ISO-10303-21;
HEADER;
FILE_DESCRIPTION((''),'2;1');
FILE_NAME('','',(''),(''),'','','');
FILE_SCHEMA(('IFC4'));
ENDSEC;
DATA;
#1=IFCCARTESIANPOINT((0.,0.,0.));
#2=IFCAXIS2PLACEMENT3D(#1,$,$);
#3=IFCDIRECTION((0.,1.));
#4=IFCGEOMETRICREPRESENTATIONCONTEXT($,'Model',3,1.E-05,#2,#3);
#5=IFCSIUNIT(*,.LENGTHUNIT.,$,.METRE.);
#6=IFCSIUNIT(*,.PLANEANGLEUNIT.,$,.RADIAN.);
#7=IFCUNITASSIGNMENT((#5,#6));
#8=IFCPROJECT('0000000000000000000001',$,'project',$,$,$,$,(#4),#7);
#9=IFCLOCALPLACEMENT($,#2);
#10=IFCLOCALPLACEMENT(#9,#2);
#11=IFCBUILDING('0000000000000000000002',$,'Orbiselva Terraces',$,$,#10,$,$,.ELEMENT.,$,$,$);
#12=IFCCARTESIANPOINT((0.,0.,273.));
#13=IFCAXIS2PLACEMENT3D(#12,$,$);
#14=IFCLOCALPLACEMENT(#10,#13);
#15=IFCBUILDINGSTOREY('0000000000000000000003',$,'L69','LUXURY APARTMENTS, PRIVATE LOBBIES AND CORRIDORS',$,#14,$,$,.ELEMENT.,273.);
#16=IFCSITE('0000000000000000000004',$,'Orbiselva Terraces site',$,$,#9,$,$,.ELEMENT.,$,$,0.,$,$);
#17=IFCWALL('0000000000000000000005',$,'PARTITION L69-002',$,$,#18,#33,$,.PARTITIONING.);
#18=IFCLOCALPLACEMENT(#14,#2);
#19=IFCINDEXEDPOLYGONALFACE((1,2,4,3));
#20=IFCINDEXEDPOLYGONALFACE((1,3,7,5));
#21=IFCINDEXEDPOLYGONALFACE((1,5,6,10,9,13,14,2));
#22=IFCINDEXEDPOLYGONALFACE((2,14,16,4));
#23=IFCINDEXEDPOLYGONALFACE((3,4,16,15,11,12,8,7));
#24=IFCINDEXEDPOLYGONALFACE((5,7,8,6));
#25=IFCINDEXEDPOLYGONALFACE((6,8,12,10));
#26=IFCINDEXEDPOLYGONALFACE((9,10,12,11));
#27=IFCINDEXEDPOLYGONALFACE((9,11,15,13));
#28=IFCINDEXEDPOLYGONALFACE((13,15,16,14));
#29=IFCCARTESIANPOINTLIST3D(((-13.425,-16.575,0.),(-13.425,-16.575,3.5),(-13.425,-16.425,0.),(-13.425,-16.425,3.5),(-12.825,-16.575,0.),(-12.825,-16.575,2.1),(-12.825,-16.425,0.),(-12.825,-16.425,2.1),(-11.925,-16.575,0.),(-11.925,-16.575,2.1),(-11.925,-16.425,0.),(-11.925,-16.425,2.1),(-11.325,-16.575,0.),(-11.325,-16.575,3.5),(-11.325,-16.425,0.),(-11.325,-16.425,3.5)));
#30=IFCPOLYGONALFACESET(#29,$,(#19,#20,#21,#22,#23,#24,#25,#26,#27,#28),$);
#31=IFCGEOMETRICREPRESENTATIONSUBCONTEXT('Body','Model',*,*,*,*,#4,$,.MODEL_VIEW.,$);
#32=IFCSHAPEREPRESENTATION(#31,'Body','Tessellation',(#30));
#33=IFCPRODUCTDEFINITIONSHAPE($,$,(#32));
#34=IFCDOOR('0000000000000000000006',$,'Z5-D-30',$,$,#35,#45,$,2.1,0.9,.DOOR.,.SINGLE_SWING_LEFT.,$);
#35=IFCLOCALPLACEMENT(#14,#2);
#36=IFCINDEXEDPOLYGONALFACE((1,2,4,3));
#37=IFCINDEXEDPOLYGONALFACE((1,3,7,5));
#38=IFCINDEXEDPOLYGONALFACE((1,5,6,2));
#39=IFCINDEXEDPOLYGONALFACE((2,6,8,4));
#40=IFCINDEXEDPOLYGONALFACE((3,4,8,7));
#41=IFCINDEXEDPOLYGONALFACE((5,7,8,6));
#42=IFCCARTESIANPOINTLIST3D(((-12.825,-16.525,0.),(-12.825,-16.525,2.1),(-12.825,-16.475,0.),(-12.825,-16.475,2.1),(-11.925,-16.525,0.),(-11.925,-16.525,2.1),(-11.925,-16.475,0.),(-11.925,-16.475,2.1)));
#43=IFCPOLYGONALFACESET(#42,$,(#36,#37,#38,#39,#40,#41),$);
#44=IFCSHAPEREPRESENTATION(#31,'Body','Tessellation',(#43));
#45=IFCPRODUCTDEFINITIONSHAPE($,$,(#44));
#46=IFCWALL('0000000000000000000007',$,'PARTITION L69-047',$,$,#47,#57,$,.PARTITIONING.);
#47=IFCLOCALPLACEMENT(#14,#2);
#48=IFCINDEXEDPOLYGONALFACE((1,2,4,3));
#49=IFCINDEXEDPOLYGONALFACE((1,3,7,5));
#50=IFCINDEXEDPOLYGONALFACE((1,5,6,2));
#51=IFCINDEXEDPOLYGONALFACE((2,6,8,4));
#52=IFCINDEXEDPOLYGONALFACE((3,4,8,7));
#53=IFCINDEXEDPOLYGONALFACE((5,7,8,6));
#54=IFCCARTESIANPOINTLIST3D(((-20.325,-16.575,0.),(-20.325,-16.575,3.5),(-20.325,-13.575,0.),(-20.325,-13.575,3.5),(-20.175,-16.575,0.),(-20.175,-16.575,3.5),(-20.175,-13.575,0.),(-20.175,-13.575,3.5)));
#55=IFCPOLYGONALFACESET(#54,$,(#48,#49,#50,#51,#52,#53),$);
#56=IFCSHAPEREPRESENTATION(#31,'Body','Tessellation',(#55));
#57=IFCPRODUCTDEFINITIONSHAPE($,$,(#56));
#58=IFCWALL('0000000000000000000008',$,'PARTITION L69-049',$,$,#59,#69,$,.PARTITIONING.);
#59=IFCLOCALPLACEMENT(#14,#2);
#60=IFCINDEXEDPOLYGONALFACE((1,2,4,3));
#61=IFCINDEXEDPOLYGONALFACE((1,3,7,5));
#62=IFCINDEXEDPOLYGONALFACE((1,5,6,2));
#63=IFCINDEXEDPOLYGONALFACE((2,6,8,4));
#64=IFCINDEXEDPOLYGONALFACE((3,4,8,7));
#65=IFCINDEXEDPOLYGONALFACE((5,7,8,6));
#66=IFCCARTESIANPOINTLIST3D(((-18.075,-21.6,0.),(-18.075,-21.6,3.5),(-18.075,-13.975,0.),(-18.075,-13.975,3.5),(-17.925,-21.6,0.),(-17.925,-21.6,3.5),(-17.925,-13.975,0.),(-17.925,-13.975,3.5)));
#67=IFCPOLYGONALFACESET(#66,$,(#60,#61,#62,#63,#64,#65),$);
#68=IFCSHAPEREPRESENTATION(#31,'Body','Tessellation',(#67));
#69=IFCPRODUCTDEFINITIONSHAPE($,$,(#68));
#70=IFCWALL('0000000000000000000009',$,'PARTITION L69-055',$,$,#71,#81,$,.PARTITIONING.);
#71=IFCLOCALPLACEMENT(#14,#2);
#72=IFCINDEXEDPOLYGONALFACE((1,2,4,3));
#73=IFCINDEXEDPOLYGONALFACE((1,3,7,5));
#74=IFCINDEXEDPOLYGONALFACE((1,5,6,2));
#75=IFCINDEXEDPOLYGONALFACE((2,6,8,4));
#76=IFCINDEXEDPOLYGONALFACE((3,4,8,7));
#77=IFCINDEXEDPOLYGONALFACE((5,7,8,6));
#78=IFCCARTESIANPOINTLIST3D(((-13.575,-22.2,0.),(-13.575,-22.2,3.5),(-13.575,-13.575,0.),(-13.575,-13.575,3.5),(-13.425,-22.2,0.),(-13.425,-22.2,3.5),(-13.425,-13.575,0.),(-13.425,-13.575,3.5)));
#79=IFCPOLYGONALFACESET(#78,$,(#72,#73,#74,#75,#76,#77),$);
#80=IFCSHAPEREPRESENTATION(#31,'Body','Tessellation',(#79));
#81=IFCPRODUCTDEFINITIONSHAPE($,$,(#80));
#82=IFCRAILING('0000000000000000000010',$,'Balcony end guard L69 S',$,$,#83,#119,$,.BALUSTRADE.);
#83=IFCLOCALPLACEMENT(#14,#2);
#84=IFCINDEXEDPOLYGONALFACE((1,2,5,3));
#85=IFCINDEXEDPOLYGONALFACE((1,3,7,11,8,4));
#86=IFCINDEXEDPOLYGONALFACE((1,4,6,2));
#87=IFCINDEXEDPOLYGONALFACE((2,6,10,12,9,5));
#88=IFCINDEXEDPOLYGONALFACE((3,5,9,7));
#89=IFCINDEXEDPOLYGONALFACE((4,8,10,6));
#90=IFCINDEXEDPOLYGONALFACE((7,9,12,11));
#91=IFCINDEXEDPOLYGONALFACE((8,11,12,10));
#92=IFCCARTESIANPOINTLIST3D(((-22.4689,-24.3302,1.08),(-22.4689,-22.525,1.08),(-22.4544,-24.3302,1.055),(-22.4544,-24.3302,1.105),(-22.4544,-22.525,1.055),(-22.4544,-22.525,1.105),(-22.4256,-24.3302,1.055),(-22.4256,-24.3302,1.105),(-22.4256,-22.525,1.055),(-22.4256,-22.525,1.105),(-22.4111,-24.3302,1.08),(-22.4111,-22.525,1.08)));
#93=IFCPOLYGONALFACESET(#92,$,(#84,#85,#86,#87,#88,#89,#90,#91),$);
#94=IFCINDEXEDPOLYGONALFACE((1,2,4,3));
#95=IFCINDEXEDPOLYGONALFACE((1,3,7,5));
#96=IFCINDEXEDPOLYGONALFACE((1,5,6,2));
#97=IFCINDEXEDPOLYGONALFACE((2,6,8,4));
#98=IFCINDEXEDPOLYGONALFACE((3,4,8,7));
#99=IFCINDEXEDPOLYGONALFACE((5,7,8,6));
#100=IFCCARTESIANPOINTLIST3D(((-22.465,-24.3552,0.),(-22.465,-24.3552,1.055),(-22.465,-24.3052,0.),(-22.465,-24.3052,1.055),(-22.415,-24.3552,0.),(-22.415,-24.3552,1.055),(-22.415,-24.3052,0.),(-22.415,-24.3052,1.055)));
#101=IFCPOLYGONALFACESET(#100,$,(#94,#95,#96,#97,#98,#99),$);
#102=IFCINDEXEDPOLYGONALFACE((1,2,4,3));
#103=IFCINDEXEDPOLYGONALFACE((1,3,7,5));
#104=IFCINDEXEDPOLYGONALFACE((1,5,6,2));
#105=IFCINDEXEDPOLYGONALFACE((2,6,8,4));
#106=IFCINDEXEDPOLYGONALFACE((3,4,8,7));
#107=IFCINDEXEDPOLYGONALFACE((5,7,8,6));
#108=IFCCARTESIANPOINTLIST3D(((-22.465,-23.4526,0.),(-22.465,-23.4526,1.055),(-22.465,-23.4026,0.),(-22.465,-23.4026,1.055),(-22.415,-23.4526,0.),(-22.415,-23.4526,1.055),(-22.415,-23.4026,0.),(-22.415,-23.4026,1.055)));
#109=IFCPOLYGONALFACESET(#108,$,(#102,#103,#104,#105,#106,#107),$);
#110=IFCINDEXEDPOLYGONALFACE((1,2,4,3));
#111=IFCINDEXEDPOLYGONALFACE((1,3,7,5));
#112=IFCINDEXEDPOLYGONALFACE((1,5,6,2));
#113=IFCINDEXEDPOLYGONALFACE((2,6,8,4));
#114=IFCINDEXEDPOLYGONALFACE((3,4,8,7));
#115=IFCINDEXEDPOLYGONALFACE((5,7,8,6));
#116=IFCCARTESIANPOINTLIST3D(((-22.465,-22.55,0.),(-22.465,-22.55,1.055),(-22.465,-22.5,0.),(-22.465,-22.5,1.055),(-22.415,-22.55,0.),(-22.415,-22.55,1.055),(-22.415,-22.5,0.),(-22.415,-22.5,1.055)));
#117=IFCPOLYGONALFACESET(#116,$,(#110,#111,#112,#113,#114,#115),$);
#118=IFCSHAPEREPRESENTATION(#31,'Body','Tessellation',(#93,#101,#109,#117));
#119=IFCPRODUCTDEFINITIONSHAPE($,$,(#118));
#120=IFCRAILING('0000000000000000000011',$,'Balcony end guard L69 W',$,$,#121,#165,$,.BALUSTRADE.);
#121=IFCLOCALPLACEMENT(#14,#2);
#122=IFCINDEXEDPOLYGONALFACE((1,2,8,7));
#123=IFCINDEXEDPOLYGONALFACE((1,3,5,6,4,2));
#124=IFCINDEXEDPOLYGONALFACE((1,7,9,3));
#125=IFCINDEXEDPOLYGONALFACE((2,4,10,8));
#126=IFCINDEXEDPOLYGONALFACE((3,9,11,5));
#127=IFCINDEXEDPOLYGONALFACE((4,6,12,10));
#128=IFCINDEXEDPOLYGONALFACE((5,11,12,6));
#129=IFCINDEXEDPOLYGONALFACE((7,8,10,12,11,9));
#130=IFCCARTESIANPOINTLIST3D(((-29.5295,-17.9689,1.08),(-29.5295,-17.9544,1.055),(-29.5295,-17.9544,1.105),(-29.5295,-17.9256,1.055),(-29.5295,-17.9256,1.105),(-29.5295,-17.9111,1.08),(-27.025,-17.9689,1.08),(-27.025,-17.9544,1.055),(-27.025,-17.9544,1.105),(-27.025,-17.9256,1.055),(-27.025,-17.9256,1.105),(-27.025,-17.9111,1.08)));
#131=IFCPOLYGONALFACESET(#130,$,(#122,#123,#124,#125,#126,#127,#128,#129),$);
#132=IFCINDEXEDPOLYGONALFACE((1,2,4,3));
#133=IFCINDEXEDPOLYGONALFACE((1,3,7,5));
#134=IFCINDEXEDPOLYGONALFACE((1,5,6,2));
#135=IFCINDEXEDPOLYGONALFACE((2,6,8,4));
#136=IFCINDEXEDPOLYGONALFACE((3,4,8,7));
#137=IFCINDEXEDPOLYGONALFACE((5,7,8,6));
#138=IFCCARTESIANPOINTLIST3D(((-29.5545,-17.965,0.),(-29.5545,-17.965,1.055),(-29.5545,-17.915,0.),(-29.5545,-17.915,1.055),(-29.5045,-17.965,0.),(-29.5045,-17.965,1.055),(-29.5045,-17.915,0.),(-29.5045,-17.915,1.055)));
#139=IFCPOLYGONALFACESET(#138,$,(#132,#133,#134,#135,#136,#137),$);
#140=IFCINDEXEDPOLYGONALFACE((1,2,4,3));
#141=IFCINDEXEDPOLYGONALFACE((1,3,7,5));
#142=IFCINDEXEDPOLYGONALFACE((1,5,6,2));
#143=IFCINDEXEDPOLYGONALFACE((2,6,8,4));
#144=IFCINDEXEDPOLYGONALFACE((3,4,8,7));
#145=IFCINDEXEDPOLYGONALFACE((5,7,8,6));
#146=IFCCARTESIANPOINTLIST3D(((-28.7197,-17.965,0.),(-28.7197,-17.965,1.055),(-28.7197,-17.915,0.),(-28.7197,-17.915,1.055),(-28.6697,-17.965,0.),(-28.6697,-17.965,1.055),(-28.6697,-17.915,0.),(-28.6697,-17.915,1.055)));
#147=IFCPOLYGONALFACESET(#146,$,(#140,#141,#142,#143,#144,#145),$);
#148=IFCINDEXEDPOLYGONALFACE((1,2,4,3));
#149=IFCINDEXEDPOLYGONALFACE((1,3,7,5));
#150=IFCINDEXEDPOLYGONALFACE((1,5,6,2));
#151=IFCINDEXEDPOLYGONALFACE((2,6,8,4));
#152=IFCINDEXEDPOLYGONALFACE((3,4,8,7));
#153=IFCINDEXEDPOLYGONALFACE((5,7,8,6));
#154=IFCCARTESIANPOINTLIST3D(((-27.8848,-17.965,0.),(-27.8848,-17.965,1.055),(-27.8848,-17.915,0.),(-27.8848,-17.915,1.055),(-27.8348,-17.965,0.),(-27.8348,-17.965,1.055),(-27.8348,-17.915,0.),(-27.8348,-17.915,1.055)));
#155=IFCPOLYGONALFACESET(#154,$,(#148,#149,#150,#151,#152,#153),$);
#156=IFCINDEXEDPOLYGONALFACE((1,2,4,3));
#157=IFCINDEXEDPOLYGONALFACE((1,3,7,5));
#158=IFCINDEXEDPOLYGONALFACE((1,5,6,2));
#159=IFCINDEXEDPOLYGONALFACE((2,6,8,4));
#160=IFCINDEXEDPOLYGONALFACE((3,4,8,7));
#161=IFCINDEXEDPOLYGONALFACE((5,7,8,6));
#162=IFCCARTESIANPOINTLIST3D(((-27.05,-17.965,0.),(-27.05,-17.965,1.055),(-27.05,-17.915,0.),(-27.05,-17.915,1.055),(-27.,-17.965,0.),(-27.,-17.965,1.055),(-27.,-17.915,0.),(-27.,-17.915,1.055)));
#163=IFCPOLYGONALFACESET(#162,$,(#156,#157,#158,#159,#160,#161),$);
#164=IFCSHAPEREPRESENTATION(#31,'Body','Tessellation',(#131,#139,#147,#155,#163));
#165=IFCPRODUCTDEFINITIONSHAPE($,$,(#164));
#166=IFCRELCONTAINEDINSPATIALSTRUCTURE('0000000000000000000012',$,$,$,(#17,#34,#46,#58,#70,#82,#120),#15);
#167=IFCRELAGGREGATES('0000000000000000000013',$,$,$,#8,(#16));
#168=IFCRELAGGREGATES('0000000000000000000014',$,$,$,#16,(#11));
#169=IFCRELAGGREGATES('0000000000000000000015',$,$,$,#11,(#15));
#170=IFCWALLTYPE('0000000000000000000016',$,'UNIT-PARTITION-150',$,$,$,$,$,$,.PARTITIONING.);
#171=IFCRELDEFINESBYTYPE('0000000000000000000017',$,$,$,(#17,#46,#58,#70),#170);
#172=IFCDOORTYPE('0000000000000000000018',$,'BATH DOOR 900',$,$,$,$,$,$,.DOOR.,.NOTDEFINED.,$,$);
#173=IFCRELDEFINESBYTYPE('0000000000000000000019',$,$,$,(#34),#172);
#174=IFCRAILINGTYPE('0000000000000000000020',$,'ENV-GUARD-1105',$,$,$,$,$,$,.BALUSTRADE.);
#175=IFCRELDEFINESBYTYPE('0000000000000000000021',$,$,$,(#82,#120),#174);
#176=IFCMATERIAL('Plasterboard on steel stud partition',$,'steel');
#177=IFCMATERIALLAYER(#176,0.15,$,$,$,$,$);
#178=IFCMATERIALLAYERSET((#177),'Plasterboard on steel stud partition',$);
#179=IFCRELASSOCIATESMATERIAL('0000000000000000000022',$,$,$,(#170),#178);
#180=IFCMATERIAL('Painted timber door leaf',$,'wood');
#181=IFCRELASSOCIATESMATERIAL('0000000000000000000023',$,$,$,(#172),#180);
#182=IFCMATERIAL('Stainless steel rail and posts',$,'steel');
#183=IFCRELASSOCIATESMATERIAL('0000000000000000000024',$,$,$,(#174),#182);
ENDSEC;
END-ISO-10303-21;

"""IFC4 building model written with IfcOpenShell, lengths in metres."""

from ifc_helpers import new_model, si_unit, direction, frame, frame_2d, origin, origin_2d, place, context, subcontext, project, spatial, polyline, rectangle, outline, extrude, material, layer, layer_set, type_object, element, fill, save


model = new_model("IFC4")

# Units and contexts
model_context = context("Model", 3, precision=1e-05, world=origin(), true_north=direction((0.0, 1.0)))
body_context = subcontext(model_context, "Body", "Model", "MODEL_VIEW")
ifc_project = project(units=[si_unit("LENGTHUNIT", "METRE"), si_unit("PLANEANGLEUNIT", "RADIAN")], contexts=[model_context])

# Site, building, storey
site_placement = place(None, origin())
site = spatial("IfcSite", under=ifc_project, at=site_placement, Name="Orbiselva Terraces site", CompositionType="ELEMENT", RefElevation=0.0)
building_placement = place(site_placement, origin())
building = spatial("IfcBuilding", under=site, at=building_placement, Name="Orbiselva Terraces", CompositionType="ELEMENT")
storey_placement = place(building_placement, frame((0.0, 0.0, 273.0)))
storey = spatial("IfcBuildingStorey", under=building, at=storey_placement, Name="L69", Description="LUXURY APARTMENTS, PRIVATE LOBBIES AND CORRIDORS", CompositionType="ELEMENT", Elevation=273.0)

# Wall, opening, door
ifc_material_1 = material(Name="Plasterboard on steel stud partition", Category="steel")
ifc_layer_1 = layer(ifc_material_1, 0.15)
ifc_layer_set_1 = layer_set([ifc_layer_1], Name="Plasterboard on steel stud partition")
wall_type_1 = type_object("IfcWallType", Name="UNIT-PARTITION-150", PredefinedType="PARTITIONING", material=ifc_layer_set_1)
ifc_material_2 = material(Name="Painted timber door leaf", Category="wood")
door_type_1 = type_object("IfcDoorType", Name="BATH DOOR 900", OperationType="NOTDEFINED", PredefinedType="DOOR", material=ifc_material_2)
wall_1_placement = place(storey_placement, frame((-13.425, -16.5, 0.0), z_axis=(0.0, 0.0, 1.0), x_axis=(1.0, 0.0, 0.0)))
wall_1 = element("IfcWall", 1, at=wall_1_placement, inside=storey, type_object=wall_type_1, Name="PARTITION L69-002", PredefinedType="PARTITIONING", context=body_context, shape_type="SweptSolid", body=[
    extrude(rectangle(XDim=2.1, YDim=0.15, at=frame_2d((1.05, 0.0))), origin(), (0.0, 0.0, 1.0), 3.5),
])
opening_1_placement = place(wall_1_placement, frame((0.6, 0.0, 0.0)))
opening_1 = element("IfcOpeningElement", 2, at=opening_1_placement, cuts=wall_1, PredefinedType="OPENING", context=body_context, shape_type="SweptSolid", body=[
    extrude(rectangle(XDim=0.9, YDim=2.1, at=frame_2d((0.45, 1.05))), frame((0.0, 0.085, 0.0), z_axis=(0.0, -1.0, 0.0), x_axis=(1.0, 0.0, 0.0)), (0.0, 0.0, 1.0), 0.17),
])
door_1_placement = place(opening_1_placement, origin())
door_1 = element("IfcDoor", 3, at=door_1_placement, inside=storey, type_object=door_type_1, Name="Z5-D-30", OperationType="SINGLE_SWING_LEFT", OverallHeight=2.1, OverallWidth=0.9, PredefinedType="DOOR", context=body_context, shape_type="SweptSolid", body=[
    extrude(rectangle(XDim=0.9, YDim=2.1, at=frame_2d((0.45, 1.05))), frame((0.0, 0.025, 0.0), z_axis=(0.0, -1.0, 0.0), x_axis=(1.0, 0.0, 0.0)), (0.0, 0.0, 1.0), 0.05),
])
fill(opening_1, door_1)

# Walls
wall_2_placement = place(storey_placement, frame((-20.25, -16.575, 0.0), z_axis=(0.0, 0.0, 1.0), x_axis=(0.0, 1.0, 0.0)))
element("IfcWall", 4, at=wall_2_placement, inside=storey, type_object=wall_type_1, Name="PARTITION L69-047", PredefinedType="PARTITIONING", context=body_context, shape_type="SweptSolid", body=[
    extrude(rectangle(XDim=3.0, YDim=0.15, at=frame_2d((1.5, 0.0))), origin(), (0.0, 0.0, 1.0), 3.5),
])
wall_3_placement = place(storey_placement, frame((-18.0, -21.6, 0.0), z_axis=(0.0, 0.0, 1.0), x_axis=(0.0, 1.0, 0.0)))
element("IfcWall", 5, at=wall_3_placement, inside=storey, type_object=wall_type_1, Name="PARTITION L69-049", PredefinedType="PARTITIONING", context=body_context, shape_type="SweptSolid", body=[
    extrude(rectangle(XDim=7.625, YDim=0.15, at=frame_2d((3.8125, 0.0))), origin(), (0.0, 0.0, 1.0), 3.5),
])
wall_4_placement = place(storey_placement, frame((-13.5, -22.2, 0.0), z_axis=(0.0, 0.0, 1.0), x_axis=(0.0, 1.0, 0.0)))
element("IfcWall", 6, at=wall_4_placement, inside=storey, type_object=wall_type_1, Name="PARTITION L69-055", PredefinedType="PARTITIONING", context=body_context, shape_type="SweptSolid", body=[
    extrude(rectangle(XDim=8.625, YDim=0.15, at=frame_2d((4.3125, 0.0))), origin(), (0.0, 0.0, 1.0), 3.5),
])

# Railings
ifc_material_3 = material(Name="Stainless steel rail and posts", Category="steel")
railing_type_1 = type_object("IfcRailingType", Name="ENV-GUARD-1105", PredefinedType="BALUSTRADE", material=ifc_material_3)
railing_1_placement = place(storey_placement, frame((-22.44, -24.3302, 0.0)))
element("IfcRailing", 7, at=railing_1_placement, inside=storey, type_object=railing_type_1, Name="Balcony end guard L69 S", PredefinedType="BALUSTRADE", context=body_context, shape_type="SweptSolid", body=[
    extrude(outline(polyline([(0.0289, 0.0), (0.0144, 0.025), (-0.0144, 0.025), (-0.0289, 0.0), (-0.0144, -0.025), (0.0144, -0.025), (0.0289, 0.0)])), frame((0.0, 0.0, 1.08), z_axis=(0.0, 1.0, 0.0), x_axis=(-1.0, 0.0, 0.0)), (0.0, 0.0, 1.0), 1.8052),
    extrude(rectangle(XDim=0.05, YDim=0.05, at=origin_2d()), origin(), (0.0, 0.0, 1.0), 1.055),
    extrude(rectangle(XDim=0.05, YDim=0.05, at=origin_2d()), frame((0.0, 0.9026, 0.0)), (0.0, 0.0, 1.0), 1.055),
    extrude(rectangle(XDim=0.05, YDim=0.05, at=origin_2d()), frame((0.0, 1.8052, 0.0)), (0.0, 0.0, 1.0), 1.055),
])
railing_2_placement = place(storey_placement, frame((-29.5295, -17.94, 0.0)))
element("IfcRailing", 8, at=railing_2_placement, inside=storey, type_object=railing_type_1, Name="Balcony end guard L69 W", PredefinedType="BALUSTRADE", context=body_context, shape_type="SweptSolid", body=[
    extrude(outline(polyline([(0.0289, 0.0), (0.0144, 0.025), (-0.0144, 0.025), (-0.0289, 0.0), (-0.0144, -0.025), (0.0144, -0.025), (0.0289, 0.0)])), frame((0.0, 0.0, 1.08), z_axis=(1.0, 0.0, 0.0), x_axis=(0.0, 1.0, 0.0)), (0.0, 0.0, 1.0), 2.5045),
    extrude(rectangle(XDim=0.05, YDim=0.05, at=origin_2d()), origin(), (0.0, 0.0, 1.0), 1.055),
    extrude(rectangle(XDim=0.05, YDim=0.05, at=origin_2d()), frame((0.8348, 0.0, 0.0)), (0.0, 0.0, 1.0), 1.055),
    extrude(rectangle(XDim=0.05, YDim=0.05, at=origin_2d()), frame((1.6697, 0.0, 0.0)), (0.0, 0.0, 1.0), 1.055),
    extrude(rectangle(XDim=0.05, YDim=0.05, at=origin_2d()), frame((2.5045, 0.0, 0.0)), (0.0, 0.0, 1.0), 1.055),
])

save(model, "model.ifc")
